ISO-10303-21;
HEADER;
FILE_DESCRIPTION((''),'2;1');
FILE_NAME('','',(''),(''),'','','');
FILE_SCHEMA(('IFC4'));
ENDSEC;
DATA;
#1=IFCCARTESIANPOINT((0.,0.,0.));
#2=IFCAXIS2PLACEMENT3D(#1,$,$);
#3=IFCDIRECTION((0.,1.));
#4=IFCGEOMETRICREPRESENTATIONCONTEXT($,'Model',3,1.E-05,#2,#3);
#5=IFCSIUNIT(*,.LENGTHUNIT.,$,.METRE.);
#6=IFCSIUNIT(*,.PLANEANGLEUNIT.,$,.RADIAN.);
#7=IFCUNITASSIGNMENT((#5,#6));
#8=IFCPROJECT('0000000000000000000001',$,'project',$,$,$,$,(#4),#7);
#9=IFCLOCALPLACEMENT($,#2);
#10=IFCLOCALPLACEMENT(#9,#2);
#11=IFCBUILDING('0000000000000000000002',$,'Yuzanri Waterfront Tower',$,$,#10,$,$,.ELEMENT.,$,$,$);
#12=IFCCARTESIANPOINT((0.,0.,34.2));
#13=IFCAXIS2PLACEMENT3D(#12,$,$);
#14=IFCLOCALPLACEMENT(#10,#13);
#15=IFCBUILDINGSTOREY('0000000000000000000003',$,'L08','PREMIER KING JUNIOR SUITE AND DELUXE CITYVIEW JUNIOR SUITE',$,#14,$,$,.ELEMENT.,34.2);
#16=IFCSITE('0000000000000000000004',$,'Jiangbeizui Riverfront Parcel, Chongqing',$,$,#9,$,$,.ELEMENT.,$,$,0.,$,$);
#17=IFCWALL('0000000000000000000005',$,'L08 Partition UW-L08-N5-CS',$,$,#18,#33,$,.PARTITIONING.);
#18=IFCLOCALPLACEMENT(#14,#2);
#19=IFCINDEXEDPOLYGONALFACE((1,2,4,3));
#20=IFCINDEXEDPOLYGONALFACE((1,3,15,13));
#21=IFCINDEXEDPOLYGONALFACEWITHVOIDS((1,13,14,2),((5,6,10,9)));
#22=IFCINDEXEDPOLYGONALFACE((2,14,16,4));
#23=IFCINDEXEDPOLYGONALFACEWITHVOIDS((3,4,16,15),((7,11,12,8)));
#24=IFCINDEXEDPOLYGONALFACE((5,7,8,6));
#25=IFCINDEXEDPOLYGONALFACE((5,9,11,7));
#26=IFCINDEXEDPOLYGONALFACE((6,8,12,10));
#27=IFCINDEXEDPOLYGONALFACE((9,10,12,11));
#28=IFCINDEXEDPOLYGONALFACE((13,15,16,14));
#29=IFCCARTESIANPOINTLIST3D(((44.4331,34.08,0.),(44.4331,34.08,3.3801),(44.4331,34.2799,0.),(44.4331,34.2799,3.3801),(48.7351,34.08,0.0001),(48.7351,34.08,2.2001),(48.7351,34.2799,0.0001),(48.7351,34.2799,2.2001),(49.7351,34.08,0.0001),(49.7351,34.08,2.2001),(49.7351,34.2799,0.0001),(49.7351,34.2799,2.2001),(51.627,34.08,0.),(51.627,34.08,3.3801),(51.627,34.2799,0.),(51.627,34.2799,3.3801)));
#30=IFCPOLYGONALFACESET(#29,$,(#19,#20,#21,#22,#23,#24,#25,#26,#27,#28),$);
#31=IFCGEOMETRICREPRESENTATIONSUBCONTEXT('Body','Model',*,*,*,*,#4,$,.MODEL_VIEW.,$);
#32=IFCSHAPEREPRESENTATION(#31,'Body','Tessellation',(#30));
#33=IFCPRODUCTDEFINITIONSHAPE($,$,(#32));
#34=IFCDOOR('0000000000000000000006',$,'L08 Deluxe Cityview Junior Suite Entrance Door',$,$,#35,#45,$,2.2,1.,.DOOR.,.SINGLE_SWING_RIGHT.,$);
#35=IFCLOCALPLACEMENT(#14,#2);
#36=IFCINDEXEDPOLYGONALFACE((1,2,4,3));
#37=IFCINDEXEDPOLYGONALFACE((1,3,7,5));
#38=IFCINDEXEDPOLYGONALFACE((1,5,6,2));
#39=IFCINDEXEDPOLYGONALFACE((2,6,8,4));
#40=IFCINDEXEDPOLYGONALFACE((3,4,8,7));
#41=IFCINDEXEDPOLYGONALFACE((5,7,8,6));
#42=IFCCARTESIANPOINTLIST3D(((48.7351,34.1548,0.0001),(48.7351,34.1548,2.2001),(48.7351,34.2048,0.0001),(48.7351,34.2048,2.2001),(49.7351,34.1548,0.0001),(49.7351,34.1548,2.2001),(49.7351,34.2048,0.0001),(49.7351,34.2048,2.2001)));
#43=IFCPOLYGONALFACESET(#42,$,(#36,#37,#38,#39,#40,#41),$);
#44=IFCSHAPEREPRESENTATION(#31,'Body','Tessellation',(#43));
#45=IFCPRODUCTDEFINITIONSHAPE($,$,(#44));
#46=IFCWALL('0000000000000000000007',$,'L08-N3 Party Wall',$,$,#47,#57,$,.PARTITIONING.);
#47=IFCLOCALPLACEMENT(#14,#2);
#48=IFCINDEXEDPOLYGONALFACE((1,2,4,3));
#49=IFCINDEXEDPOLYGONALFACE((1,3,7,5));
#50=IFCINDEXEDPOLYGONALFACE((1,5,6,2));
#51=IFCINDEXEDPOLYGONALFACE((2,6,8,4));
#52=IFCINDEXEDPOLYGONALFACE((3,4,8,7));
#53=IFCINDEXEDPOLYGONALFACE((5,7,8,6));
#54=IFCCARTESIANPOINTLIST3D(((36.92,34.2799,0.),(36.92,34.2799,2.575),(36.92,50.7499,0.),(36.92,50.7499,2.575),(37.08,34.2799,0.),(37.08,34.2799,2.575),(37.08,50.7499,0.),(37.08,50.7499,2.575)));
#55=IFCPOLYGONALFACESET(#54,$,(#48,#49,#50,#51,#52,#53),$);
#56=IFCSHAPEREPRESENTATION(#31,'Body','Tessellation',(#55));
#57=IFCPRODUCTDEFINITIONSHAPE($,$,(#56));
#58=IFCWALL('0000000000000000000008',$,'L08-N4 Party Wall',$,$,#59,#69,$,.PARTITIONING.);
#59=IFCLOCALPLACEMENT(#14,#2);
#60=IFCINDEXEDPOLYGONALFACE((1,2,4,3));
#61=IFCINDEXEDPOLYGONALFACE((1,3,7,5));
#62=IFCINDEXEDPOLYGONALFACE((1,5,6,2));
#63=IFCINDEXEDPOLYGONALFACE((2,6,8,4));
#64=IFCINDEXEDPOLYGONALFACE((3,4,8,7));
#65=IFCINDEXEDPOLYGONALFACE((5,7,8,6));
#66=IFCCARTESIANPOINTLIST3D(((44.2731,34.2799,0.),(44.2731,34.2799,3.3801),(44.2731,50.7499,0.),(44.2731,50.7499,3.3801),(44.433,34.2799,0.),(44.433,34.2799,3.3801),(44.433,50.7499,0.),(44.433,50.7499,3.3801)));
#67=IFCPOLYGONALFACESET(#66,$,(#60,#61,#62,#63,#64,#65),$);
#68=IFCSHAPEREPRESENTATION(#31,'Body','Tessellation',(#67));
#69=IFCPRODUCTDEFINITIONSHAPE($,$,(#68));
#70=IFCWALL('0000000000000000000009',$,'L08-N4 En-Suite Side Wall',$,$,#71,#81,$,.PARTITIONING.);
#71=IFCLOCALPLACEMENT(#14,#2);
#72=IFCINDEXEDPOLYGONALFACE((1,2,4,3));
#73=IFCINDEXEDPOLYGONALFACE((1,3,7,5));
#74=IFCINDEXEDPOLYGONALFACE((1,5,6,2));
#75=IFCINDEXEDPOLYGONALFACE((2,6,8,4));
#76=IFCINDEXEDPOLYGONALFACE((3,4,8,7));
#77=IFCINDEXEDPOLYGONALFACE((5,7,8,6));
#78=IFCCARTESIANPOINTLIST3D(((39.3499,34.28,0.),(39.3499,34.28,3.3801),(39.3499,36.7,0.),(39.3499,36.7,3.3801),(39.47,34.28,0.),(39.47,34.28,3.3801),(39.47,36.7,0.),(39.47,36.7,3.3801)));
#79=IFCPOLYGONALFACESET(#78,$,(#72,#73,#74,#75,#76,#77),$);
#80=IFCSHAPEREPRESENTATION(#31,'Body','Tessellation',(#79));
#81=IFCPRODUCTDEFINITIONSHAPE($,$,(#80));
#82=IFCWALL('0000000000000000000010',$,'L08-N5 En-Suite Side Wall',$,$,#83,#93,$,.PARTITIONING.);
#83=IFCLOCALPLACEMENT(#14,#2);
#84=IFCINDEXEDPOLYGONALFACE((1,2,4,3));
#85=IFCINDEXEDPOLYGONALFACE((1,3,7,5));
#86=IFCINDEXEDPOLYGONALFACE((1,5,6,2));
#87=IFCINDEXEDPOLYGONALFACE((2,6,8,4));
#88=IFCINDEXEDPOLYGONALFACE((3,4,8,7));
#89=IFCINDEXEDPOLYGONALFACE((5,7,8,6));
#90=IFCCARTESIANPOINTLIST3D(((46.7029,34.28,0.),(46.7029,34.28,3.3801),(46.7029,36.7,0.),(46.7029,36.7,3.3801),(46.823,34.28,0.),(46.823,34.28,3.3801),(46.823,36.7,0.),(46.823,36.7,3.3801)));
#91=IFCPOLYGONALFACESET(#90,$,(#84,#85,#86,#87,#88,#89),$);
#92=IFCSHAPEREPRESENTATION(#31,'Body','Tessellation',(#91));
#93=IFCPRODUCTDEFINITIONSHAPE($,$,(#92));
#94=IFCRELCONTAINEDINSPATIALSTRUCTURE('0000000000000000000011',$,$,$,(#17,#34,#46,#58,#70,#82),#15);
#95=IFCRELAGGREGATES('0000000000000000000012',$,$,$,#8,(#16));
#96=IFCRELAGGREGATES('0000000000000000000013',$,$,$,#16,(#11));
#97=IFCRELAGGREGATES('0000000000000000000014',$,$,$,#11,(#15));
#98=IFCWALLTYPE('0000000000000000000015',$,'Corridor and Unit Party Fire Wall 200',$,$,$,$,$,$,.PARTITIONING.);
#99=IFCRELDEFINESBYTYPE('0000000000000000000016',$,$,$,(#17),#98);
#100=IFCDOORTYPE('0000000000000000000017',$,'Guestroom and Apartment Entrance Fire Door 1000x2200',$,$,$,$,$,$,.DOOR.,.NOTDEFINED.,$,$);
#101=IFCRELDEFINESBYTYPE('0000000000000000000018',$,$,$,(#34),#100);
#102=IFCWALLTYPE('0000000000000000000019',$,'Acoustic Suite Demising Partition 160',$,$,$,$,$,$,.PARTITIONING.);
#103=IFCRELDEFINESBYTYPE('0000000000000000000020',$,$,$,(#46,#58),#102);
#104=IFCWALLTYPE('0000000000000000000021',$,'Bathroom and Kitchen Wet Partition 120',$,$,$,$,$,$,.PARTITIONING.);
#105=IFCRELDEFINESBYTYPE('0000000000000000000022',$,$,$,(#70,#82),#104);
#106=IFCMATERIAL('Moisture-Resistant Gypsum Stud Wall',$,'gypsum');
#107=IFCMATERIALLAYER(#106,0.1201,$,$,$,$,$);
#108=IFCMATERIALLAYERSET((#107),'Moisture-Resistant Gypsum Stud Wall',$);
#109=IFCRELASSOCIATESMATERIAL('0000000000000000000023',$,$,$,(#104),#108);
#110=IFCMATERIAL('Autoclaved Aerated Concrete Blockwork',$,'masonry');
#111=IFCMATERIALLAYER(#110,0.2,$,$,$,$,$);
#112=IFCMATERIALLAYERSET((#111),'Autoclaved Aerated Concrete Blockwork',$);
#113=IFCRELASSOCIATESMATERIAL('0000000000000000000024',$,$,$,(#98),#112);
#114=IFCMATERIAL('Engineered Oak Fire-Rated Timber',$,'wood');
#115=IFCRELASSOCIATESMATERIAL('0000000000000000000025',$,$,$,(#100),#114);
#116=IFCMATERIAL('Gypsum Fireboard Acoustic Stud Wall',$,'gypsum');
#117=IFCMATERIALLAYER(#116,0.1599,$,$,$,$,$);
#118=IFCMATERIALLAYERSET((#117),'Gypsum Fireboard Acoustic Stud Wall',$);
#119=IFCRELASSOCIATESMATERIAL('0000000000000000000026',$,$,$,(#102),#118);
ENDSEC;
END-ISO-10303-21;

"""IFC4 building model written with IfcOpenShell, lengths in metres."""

from ifc_helpers import new_model, si_unit, direction, frame, frame_2d, origin, place, context, subcontext, project, spatial, rectangle, extrude, source, transform, mapped, material, layer, layer_set, type_object, element, fill, save


model = new_model("IFC4")

# Units and contexts
model_context = context("Model", 3, precision=1e-05, world=origin(), true_north=direction((0.0, 1.0)))
body_context = subcontext(model_context, "Body", "Model", "MODEL_VIEW")
ifc_project = project(units=[si_unit("LENGTHUNIT", "METRE"), si_unit("PLANEANGLEUNIT", "RADIAN")], contexts=[model_context])

# Site, building, storey
site_placement = place(None, origin())
site = spatial("IfcSite", under=ifc_project, at=site_placement, Name="Jiangbeizui Riverfront Parcel, Chongqing", CompositionType="ELEMENT", RefElevation=0.0)
building_placement = place(site_placement, origin())
building = spatial("IfcBuilding", under=site, at=building_placement, Name="Yuzanri Waterfront Tower", CompositionType="ELEMENT")
storey_placement = place(building_placement, frame((0.0, 0.0, 34.2)))
storey = spatial("IfcBuildingStorey", under=building, at=storey_placement, Name="L08", Description="PREMIER KING JUNIOR SUITE AND DELUXE CITYVIEW JUNIOR SUITE", CompositionType="ELEMENT", Elevation=34.2)

# Wall, opening, door
ifc_material_1 = material(Name="Moisture-Resistant Gypsum Stud Wall", Category="gypsum")
ifc_layer_1 = layer(ifc_material_1, 0.1201)
ifc_layer_set_1 = layer_set([ifc_layer_1], Name="Moisture-Resistant Gypsum Stud Wall")
wall_type_1 = type_object("IfcWallType", Name="Bathroom and Kitchen Wet Partition 120", PredefinedType="PARTITIONING", material=ifc_layer_set_1)
ifc_material_2 = material(Name="Autoclaved Aerated Concrete Blockwork", Category="masonry")
ifc_layer_2 = layer(ifc_material_2, 0.2)
ifc_layer_set_2 = layer_set([ifc_layer_2], Name="Autoclaved Aerated Concrete Blockwork")
wall_type_2 = type_object("IfcWallType", Name="Corridor and Unit Party Fire Wall 200", PredefinedType="PARTITIONING", material=ifc_layer_set_2)
ifc_material_3 = material(Name="Engineered Oak Fire-Rated Timber", Category="wood")
door_type_1 = type_object("IfcDoorType", Name="Guestroom and Apartment Entrance Fire Door 1000x2200", OperationType="NOTDEFINED", PredefinedType="DOOR", material=ifc_material_3)
shared_shape_1 = source(origin(), body_context, "Body", "SweptSolid", [
    extrude(rectangle(XDim=1.0, YDim=2.2, at=frame_2d((0.5, 1.1001))), frame((0.0, 0.0249, 0.0), z_axis=(0.0, -1.0, 0.0), x_axis=(1.0, 0.0, 0.0)), (0.0, 0.0, 1.0), 0.05),
])
wall_1_placement = place(storey_placement, frame((44.4331, 34.1799, 0.0), z_axis=(0.0, 0.0, 1.0), x_axis=(1.0, 0.0, 0.0)))
wall_1 = element("IfcWall", 1, at=wall_1_placement, inside=storey, type_object=wall_type_2, Name="L08 Partition UW-L08-N5-CS", PredefinedType="PARTITIONING", context=body_context, shape_type="SweptSolid", body=[
    extrude(rectangle(XDim=7.1938, YDim=0.2, at=frame_2d((3.5969, 0.0))), origin(), (0.0, 0.0, 1.0), 3.3801),
])
opening_1_placement = place(wall_1_placement, frame((4.302, 0.0, 0.0)))
opening_1 = element("IfcOpeningElement", 2, at=opening_1_placement, cuts=wall_1, PredefinedType="OPENING", context=body_context, shape_type="SweptSolid", body=[
    extrude(rectangle(XDim=1.0, YDim=2.2, at=frame_2d((0.5, 1.1001))), frame((0.0, 0.1147, 0.0), z_axis=(0.0, -1.0, 0.0), x_axis=(1.0, 0.0, 0.0)), (0.0, 0.0, 1.0), 0.2297),
])
door_1_placement = place(opening_1_placement, origin())
door_1 = element("IfcDoor", 3, at=door_1_placement, inside=storey, type_object=door_type_1, Name="L08 Deluxe Cityview Junior Suite Entrance Door", OperationType="SINGLE_SWING_RIGHT", OverallHeight=2.2, OverallWidth=1.0, PredefinedType="DOOR", context=body_context, shape_type="MappedRepresentation", body=[
    mapped(shared_shape_1, transform((0.0, 0.0, 0.0), scale=1.0)),
])
fill(opening_1, door_1)

# Walls
ifc_material_4 = material(Name="Gypsum Fireboard Acoustic Stud Wall", Category="gypsum")
ifc_layer_3 = layer(ifc_material_4, 0.1599)
ifc_layer_set_3 = layer_set([ifc_layer_3], Name="Gypsum Fireboard Acoustic Stud Wall")
wall_type_3 = type_object("IfcWallType", Name="Acoustic Suite Demising Partition 160", PredefinedType="PARTITIONING", material=ifc_layer_set_3)
shared_shape_2 = source(origin(), body_context, "Body", "SweptSolid", [
    extrude(rectangle(XDim=16.47, YDim=0.1599, at=frame_2d((8.2349, 0.0))), origin(), (0.0, 0.0, 1.0), 2.575),
])
wall_2_placement = place(storey_placement, frame((37.0, 34.28, 0.0), z_axis=(0.0, 0.0, 1.0), x_axis=(0.0, 1.0, 0.0)))
element("IfcWall", 4, at=wall_2_placement, inside=storey, type_object=wall_type_3, Name="L08-N3 Party Wall", PredefinedType="PARTITIONING", context=body_context, shape_type="MappedRepresentation", body=[
    mapped(shared_shape_2, transform((0.0, 0.0, 0.0), scale=1.0)),
])
shared_shape_3 = source(origin(), body_context, "Body", "SweptSolid", [
    extrude(rectangle(XDim=16.47, YDim=0.1599, at=frame_2d((8.2349, 0.0))), origin(), (0.0, 0.0, 1.0), 3.3801),
])
wall_3_placement = place(storey_placement, frame((44.353, 34.28, 0.0), z_axis=(0.0, 0.0, 1.0), x_axis=(0.0, 1.0, 0.0)))
element("IfcWall", 5, at=wall_3_placement, inside=storey, type_object=wall_type_3, Name="L08-N4 Party Wall", PredefinedType="PARTITIONING", context=body_context, shape_type="MappedRepresentation", body=[
    mapped(shared_shape_3, transform((0.0, 0.0, 0.0), scale=1.0)),
])
shared_shape_4 = source(origin(), body_context, "Body", "SweptSolid", [
    extrude(rectangle(XDim=2.4199, YDim=0.1201, at=frame_2d((1.21, 0.0))), origin(), (0.0, 0.0, 1.0), 3.3801),
])
for number, where, z_axis, x_axis, name in (
    (6, (39.4099, 34.28, 0.0), (0.0, 0.0, 1.0), (0.0, 1.0, 0.0), "L08-N4 En-Suite Side Wall"),
    (7, (46.7629, 34.28, 0.0), (0.0, 0.0, 1.0), (0.0, 1.0, 0.0), "L08-N5 En-Suite Side Wall"),
):
    element("IfcWall", number, at=place(storey_placement, frame(where, z_axis=z_axis, x_axis=x_axis)), inside=storey, type_object=wall_type_1, Name=name, PredefinedType="PARTITIONING", context=body_context, shape_type="MappedRepresentation", body=[
        mapped(shared_shape_4, transform((0.0, 0.0, 0.0), scale=1.0)),
    ])

save(model, "model.ifc")
